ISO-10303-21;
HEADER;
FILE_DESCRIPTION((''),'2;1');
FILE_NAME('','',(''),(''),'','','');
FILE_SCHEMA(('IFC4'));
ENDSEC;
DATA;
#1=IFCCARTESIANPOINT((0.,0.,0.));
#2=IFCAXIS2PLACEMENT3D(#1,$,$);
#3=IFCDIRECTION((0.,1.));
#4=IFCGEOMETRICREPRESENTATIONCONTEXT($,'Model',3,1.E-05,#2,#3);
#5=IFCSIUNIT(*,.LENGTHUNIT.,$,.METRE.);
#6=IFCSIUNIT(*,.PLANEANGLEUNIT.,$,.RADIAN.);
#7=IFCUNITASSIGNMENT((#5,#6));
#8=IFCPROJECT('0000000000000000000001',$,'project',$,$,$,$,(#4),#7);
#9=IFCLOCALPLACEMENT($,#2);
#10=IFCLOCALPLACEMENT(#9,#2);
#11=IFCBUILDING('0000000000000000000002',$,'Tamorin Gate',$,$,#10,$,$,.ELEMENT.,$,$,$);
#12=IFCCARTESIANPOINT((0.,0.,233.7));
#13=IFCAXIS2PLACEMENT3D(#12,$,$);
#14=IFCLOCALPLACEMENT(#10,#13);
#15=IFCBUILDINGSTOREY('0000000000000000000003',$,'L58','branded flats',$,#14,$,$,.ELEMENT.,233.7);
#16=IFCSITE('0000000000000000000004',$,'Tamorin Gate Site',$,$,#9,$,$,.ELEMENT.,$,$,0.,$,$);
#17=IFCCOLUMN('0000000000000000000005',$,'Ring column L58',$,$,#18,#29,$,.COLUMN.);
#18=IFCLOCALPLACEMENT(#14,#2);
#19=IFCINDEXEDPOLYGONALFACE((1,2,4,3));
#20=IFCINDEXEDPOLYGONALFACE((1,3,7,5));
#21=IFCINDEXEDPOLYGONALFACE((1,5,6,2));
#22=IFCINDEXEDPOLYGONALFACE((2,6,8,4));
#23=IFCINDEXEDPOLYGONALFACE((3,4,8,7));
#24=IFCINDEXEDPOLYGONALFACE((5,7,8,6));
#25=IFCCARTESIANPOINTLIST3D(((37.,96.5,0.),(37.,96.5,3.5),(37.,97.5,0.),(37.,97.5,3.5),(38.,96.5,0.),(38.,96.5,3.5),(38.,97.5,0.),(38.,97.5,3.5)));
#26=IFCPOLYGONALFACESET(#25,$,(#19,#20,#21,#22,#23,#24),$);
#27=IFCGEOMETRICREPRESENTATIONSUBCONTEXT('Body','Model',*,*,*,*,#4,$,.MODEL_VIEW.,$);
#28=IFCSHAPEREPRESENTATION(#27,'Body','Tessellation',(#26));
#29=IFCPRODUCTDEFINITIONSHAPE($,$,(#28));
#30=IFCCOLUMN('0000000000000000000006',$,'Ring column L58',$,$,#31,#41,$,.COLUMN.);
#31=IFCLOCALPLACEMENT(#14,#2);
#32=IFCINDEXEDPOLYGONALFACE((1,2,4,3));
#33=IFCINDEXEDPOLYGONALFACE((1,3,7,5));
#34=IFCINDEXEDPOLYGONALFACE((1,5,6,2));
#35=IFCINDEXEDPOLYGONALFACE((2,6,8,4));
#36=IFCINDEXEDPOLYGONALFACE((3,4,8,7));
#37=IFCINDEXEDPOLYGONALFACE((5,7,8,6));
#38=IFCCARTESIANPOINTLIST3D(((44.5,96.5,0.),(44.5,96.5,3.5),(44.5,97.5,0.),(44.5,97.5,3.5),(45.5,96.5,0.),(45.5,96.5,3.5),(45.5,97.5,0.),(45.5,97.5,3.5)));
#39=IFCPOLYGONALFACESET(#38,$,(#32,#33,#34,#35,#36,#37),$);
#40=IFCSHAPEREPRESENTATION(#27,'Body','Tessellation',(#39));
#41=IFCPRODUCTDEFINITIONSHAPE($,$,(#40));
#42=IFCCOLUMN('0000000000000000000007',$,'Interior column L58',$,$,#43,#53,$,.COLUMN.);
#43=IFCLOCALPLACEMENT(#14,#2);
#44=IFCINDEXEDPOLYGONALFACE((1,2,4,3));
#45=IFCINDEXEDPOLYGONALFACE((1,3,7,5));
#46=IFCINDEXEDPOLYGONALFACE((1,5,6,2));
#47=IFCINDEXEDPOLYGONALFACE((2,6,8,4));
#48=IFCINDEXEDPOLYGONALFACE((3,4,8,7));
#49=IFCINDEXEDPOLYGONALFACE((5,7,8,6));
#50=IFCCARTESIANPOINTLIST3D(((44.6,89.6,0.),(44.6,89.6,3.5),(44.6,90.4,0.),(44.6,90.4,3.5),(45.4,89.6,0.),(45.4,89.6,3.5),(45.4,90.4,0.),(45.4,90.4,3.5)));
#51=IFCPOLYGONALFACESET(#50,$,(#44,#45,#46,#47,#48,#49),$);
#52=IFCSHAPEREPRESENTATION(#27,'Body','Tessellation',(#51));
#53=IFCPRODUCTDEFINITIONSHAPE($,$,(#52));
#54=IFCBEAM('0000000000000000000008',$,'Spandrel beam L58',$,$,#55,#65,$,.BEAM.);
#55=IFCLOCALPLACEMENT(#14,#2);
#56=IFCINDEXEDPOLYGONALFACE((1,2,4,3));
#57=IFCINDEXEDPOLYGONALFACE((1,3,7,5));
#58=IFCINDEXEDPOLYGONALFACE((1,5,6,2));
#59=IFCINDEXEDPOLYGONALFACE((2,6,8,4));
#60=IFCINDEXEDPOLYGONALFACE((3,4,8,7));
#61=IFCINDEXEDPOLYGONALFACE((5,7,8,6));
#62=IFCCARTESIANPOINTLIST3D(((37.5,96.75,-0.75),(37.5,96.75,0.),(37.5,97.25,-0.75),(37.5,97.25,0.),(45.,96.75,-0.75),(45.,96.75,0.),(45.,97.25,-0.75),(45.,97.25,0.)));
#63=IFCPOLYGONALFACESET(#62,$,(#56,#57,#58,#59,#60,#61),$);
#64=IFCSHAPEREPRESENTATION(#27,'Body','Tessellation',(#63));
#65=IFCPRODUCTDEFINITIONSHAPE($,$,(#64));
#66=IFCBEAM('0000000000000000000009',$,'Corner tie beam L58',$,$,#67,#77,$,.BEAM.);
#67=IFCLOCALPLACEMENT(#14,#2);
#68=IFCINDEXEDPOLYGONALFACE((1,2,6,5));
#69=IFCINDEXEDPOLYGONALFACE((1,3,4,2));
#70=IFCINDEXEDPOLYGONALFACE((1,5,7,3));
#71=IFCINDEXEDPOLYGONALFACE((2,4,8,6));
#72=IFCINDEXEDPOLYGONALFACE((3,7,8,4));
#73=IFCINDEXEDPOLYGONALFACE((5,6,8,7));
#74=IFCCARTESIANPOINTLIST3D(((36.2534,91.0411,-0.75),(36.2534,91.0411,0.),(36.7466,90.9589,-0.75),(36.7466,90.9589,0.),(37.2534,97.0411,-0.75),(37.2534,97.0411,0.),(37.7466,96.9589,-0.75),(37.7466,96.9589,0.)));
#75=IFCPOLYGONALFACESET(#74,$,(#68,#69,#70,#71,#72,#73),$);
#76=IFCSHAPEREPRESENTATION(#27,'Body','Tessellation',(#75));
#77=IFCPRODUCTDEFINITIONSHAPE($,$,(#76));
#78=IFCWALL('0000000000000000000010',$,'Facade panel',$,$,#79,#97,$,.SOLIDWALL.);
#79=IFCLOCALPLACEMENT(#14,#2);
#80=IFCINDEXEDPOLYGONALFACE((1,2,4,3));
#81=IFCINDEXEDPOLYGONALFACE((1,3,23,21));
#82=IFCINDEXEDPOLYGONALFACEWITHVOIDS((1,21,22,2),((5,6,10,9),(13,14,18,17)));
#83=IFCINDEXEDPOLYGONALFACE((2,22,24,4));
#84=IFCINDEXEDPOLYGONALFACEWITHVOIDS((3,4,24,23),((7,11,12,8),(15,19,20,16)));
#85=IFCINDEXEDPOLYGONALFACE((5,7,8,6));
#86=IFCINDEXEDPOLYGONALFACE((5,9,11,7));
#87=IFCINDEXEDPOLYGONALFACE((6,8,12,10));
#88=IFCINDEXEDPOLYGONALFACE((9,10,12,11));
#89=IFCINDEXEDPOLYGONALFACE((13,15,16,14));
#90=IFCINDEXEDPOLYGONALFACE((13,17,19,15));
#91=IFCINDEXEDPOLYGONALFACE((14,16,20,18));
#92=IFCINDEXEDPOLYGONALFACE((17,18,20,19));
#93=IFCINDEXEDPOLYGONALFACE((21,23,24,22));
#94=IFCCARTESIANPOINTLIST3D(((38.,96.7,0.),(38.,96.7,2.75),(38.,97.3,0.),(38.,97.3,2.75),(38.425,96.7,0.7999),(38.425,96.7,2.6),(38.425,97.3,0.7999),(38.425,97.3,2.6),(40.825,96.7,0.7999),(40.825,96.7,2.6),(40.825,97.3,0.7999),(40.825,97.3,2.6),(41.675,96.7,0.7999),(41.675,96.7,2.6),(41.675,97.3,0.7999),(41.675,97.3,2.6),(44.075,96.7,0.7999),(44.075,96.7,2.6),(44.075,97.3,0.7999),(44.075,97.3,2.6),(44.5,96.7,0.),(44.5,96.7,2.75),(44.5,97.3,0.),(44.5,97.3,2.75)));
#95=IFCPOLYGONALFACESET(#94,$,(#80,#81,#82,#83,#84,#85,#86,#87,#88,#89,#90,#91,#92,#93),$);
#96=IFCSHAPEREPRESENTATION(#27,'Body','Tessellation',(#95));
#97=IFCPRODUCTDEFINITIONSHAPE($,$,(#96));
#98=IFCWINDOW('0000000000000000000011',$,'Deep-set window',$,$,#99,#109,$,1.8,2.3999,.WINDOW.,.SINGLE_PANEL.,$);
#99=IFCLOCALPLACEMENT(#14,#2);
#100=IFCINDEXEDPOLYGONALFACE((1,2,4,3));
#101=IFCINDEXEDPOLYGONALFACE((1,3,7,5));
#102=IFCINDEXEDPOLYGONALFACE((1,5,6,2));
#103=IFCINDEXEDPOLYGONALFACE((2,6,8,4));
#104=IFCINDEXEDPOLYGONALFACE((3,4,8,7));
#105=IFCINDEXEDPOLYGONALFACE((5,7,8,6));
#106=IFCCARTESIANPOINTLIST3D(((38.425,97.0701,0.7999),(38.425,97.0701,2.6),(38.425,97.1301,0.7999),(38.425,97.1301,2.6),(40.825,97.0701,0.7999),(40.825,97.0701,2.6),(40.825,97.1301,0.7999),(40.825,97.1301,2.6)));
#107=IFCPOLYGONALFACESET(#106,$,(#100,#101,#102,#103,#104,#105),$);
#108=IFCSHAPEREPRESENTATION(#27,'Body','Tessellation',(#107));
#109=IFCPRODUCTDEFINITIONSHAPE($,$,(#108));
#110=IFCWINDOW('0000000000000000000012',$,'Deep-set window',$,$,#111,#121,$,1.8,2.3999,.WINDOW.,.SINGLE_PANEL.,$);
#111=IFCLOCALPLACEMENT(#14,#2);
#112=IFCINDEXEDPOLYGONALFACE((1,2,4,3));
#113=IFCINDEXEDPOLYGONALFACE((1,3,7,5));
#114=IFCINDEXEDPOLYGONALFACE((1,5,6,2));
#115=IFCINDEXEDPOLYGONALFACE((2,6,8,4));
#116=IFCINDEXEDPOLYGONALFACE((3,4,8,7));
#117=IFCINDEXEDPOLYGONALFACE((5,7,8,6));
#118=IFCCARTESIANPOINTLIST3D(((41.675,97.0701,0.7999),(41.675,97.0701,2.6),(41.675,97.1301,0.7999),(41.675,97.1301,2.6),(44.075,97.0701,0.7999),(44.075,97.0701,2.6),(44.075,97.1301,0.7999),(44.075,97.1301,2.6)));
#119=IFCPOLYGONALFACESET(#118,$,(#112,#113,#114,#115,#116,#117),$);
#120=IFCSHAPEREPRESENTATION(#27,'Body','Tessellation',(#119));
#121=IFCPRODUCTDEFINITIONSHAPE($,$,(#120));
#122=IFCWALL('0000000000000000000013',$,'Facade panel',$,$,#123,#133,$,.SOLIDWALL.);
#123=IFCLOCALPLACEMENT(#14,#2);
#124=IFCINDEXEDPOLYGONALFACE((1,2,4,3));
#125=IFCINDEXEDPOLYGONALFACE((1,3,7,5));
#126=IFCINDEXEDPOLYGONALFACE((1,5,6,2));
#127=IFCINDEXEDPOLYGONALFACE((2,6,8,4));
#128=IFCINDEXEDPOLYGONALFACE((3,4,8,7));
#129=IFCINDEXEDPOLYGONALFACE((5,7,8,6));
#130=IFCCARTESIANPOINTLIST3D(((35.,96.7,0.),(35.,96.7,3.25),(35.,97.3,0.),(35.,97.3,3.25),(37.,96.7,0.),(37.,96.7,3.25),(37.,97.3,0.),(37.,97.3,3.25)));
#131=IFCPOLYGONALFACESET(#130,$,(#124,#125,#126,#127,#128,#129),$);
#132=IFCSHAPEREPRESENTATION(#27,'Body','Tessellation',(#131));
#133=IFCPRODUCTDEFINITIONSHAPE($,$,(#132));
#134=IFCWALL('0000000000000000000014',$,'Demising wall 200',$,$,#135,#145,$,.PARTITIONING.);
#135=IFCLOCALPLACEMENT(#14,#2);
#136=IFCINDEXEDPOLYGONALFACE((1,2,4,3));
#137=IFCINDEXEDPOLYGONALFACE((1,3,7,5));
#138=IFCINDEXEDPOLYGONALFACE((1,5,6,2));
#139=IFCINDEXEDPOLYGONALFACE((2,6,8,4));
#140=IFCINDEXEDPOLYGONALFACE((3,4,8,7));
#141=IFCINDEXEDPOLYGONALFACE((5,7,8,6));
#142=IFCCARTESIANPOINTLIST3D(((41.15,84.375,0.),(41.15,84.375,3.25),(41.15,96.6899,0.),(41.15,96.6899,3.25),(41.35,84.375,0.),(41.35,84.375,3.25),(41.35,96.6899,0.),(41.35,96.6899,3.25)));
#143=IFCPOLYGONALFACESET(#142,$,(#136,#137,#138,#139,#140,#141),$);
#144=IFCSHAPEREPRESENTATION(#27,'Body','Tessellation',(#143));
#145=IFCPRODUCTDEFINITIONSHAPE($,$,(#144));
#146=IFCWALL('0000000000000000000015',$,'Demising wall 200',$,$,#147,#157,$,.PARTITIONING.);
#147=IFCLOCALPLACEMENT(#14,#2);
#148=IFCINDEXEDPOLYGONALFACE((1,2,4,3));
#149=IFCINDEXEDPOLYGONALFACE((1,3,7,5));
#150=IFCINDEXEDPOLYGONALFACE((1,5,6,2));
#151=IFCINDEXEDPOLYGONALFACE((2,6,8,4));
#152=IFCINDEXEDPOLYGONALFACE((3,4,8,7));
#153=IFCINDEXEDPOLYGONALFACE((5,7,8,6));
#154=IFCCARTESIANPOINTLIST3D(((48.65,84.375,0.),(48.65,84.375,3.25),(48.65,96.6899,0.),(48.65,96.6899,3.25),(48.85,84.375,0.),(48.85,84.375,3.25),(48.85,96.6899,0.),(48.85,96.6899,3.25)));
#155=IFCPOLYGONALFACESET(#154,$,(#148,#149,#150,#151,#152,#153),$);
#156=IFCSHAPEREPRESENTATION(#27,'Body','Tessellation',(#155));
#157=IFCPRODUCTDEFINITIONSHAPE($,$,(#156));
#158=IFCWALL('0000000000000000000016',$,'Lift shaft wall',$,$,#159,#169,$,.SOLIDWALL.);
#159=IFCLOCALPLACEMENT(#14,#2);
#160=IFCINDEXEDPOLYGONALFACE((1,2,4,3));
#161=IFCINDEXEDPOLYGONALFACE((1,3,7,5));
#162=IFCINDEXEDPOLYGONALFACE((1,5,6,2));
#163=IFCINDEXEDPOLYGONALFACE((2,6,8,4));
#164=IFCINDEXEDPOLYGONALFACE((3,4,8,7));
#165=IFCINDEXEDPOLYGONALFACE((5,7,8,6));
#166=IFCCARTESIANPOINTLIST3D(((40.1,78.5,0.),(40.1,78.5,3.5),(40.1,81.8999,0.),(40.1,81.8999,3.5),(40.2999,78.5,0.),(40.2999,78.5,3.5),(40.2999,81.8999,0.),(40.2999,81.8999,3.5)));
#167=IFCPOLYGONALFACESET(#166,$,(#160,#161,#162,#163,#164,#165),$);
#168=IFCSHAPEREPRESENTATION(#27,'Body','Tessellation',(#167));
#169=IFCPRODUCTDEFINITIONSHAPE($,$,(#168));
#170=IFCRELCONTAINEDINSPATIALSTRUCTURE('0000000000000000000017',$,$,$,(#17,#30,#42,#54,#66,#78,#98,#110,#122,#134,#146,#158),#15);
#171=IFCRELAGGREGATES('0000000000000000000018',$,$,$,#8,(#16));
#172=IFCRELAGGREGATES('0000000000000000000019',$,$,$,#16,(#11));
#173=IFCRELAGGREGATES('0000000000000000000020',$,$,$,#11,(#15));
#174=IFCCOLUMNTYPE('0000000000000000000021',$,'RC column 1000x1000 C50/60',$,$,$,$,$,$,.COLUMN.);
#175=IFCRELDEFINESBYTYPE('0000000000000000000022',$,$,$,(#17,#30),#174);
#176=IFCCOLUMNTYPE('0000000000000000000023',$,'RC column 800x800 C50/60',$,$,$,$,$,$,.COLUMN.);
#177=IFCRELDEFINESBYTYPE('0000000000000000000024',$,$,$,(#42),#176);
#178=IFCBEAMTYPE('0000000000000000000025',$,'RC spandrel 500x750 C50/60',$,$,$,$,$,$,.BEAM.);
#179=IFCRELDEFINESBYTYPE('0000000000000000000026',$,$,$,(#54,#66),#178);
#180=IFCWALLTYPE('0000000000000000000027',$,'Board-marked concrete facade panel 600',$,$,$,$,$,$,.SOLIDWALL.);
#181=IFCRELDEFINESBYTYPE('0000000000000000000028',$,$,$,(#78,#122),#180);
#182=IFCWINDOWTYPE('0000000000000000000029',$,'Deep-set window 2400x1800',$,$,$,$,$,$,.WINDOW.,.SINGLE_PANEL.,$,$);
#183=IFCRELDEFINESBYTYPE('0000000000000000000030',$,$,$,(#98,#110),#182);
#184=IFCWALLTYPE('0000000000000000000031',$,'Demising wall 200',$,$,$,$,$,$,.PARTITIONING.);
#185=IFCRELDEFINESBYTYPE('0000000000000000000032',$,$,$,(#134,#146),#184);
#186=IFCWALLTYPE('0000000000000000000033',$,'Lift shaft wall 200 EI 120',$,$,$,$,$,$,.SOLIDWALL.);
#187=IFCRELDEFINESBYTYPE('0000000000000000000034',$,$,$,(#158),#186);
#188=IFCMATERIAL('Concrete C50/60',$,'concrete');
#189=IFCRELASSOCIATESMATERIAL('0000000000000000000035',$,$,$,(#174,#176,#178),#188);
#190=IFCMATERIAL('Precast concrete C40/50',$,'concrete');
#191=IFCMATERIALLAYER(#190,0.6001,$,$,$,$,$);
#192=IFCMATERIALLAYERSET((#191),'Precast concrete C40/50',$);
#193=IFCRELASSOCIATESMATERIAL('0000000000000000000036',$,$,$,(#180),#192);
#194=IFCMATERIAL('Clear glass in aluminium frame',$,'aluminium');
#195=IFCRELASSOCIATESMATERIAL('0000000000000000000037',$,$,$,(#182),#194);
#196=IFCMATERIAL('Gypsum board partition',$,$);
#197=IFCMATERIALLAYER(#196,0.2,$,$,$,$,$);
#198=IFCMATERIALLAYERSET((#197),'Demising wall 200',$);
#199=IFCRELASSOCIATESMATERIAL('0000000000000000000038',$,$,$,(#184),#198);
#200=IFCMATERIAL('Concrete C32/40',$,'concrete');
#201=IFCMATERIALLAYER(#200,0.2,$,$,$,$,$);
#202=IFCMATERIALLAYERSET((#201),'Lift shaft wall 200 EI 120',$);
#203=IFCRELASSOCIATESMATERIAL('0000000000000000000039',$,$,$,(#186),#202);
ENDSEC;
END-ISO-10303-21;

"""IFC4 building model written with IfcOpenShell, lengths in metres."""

from ifc_helpers import new_model, si_unit, direction, frame, frame_2d, origin, origin_2d, place, context, subcontext, project, spatial, rectangle, extrude, material, layer, layer_set, material_profile, profile_set, type_object, element, fill, save


model = new_model("IFC4")

# Units and contexts
model_context = context("Model", 3, precision=1e-05, world=origin(), true_north=direction((0.0, 1.0)))
body_context = subcontext(model_context, "Body", "Model", "MODEL_VIEW")
ifc_project = project(units=[si_unit("LENGTHUNIT", "METRE"), si_unit("PLANEANGLEUNIT", "RADIAN")], contexts=[model_context])

# Site, building, storey
site_placement = place(None, origin())
site = spatial("IfcSite", under=ifc_project, at=site_placement, Name="Tamorin Gate Site", CompositionType="ELEMENT", RefElevation=0.0)
building_placement = place(site_placement, origin())
building = spatial("IfcBuilding", under=site, at=building_placement, Name="Tamorin Gate", CompositionType="ELEMENT")
storey_placement = place(building_placement, frame((0.0, 0.0, 233.7)))
storey = spatial("IfcBuildingStorey", under=building, at=storey_placement, Name="L58", Description="branded flats", CompositionType="ELEMENT", Elevation=233.7)

# Columns
ifc_material_1 = material(Name="Concrete C50/60", Category="concrete")
ifc_material_profile_1 = material_profile(ifc_material_1, rectangle(XDim=1.0, YDim=1.0, at=origin_2d()), Name="RC 1000x1000")
ifc_profile_set_1 = profile_set([ifc_material_profile_1], Name="Concrete C50/60")
column_type_1 = type_object("IfcColumnType", Name="RC column 1000x1000 C50/60", PredefinedType="COLUMN", material=ifc_profile_set_1)
for number, where, z_axis, x_axis, name in (
    (1, (37.5, 97.0, 0.0), (0.0, 0.0, 1.0), (1.0, 0.0, 0.0), "Ring column L58"),
    (2, (45.0, 97.0, 0.0), (0.0, 0.0, 1.0), (1.0, 0.0, 0.0), "Ring column L58"),
):
    element("IfcColumn", number, at=place(storey_placement, frame(where, z_axis=z_axis, x_axis=x_axis)), inside=storey, type_object=column_type_1, Name=name, PredefinedType="COLUMN", context=body_context, shape_type="SweptSolid", body=[
        extrude(rectangle(XDim=1.0, YDim=1.0, at=origin_2d()), origin(), (0.0, 0.0, 1.0), 3.5),
    ])
ifc_material_profile_2 = material_profile(ifc_material_1, rectangle(XDim=0.8, YDim=0.8, at=origin_2d()), Name="RC 800x800")
ifc_profile_set_2 = profile_set([ifc_material_profile_2], Name="Concrete C50/60")
column_type_2 = type_object("IfcColumnType", Name="RC column 800x800 C50/60", PredefinedType="COLUMN", material=ifc_profile_set_2)
column_placement = place(storey_placement, frame((45.0, 90.0, 0.0), z_axis=(0.0, 0.0, 1.0), x_axis=(1.0, 0.0, 0.0)))
element("IfcColumn", 3, at=column_placement, inside=storey, type_object=column_type_2, Name="Interior column L58", PredefinedType="COLUMN", context=body_context, shape_type="SweptSolid", body=[
    extrude(rectangle(XDim=0.8, YDim=0.8, at=origin_2d()), origin(), (0.0, 0.0, 1.0), 3.5),
])

# Beams
ifc_material_profile_3 = material_profile(ifc_material_1, rectangle(XDim=0.5, YDim=0.75, at=origin_2d()), Name="RC 500x750")
ifc_profile_set_3 = profile_set([ifc_material_profile_3], Name="Concrete C50/60")
beam_type = type_object("IfcBeamType", Name="RC spandrel 500x750 C50/60", PredefinedType="BEAM", material=ifc_profile_set_3)
beam_1_placement = place(storey_placement, frame((45.0, 97.0, -0.375), z_axis=(-1.0, 0.0, 0.0), x_axis=(0.0, -1.0, 0.0)))
element("IfcBeam", 4, at=beam_1_placement, inside=storey, type_object=beam_type, Name="Spandrel beam L58", PredefinedType="BEAM", context=body_context, shape_type="SweptSolid", body=[
    extrude(rectangle(XDim=0.5, YDim=0.75, at=origin_2d()), origin(), (0.0, 0.0, 1.0), 7.5),
])
beam_2_placement = place(storey_placement, frame((36.5, 91.0, -0.375), z_axis=(0.164399, 0.986394, 0.0), x_axis=(-0.986394, 0.164399, 0.0)))
element("IfcBeam", 5, at=beam_2_placement, inside=storey, type_object=beam_type, Name="Corner tie beam L58", PredefinedType="BEAM", context=body_context, shape_type="SweptSolid", body=[
    extrude(rectangle(XDim=0.5, YDim=0.75, at=origin_2d()), origin(), (0.0, 0.0, 1.0), 6.0828),
])

# Wall, openings, windows
ifc_material_2 = material(Name="Precast concrete C40/50", Category="concrete")
ifc_layer_1 = layer(ifc_material_2, 0.6001)
ifc_layer_set_1 = layer_set([ifc_layer_1], Name="Precast concrete C40/50")
wall_type_1 = type_object("IfcWallType", Name="Board-marked concrete facade panel 600", PredefinedType="SOLIDWALL", material=ifc_layer_set_1)
wall_1_placement = place(storey_placement, frame((44.5, 97.0, 0.0), z_axis=(0.0, 0.0, 1.0), x_axis=(-1.0, 0.0, 0.0)))
wall_1 = element("IfcWall", 6, at=wall_1_placement, inside=storey, type_object=wall_type_1, Name="Facade panel", PredefinedType="SOLIDWALL", context=body_context, shape_type="SweptSolid", body=[
    extrude(rectangle(XDim=6.5, YDim=0.6001, at=frame_2d((3.25, 0.0))), origin(), (0.0, 0.0, 1.0), 2.75),
])
opening_1_placement = place(wall_1_placement, frame((3.675, 0.0, 0.8)))
opening_1 = element("IfcOpeningElement", 7, at=opening_1_placement, cuts=wall_1, PredefinedType="OPENING", context=body_context, shape_type="SweptSolid", body=[
    extrude(rectangle(XDim=2.3999, YDim=1.8, at=frame_2d((1.2, 0.8999))), frame((0.0, 0.3101, 0.0), z_axis=(0.0, -1.0, 0.0), x_axis=(1.0, 0.0, 0.0)), (0.0, 0.0, 1.0), 0.6201),
])
opening_2_placement = place(wall_1_placement, frame((0.425, 0.0, 0.8)))
opening_2 = element("IfcOpeningElement", 8, at=opening_2_placement, cuts=wall_1, PredefinedType="OPENING", context=body_context, shape_type="SweptSolid", body=[
    extrude(rectangle(XDim=2.3999, YDim=1.8, at=frame_2d((1.2, 0.8999))), frame((0.0, 0.3101, 0.0), z_axis=(0.0, -1.0, 0.0), x_axis=(1.0, 0.0, 0.0)), (0.0, 0.0, 1.0), 0.6201),
])
ifc_material_3 = material(Name="Clear glass in aluminium frame", Category="aluminium")
window_type = type_object("IfcWindowType", Name="Deep-set window 2400x1800", PartitioningType="SINGLE_PANEL", PredefinedType="WINDOW", material=ifc_material_3)
window_1_placement = place(opening_1_placement, origin())
window_1 = element("IfcWindow", 9, at=window_1_placement, inside=storey, type_object=window_type, Name="Deep-set window", OverallHeight=1.8, OverallWidth=2.3999, PartitioningType="SINGLE_PANEL", PredefinedType="WINDOW", context=body_context, shape_type="SweptSolid", body=[
    extrude(rectangle(XDim=2.3999, YDim=1.8, at=frame_2d((1.2, 0.8999))), frame((0.0, -0.0701, 0.0), z_axis=(0.0, -1.0, 0.0), x_axis=(1.0, 0.0, 0.0)), (0.0, 0.0, 1.0), 0.0601),
])
fill(opening_1, window_1)
window_2_placement = place(opening_2_placement, origin())
window_2 = element("IfcWindow", 10, at=window_2_placement, inside=storey, type_object=window_type, Name="Deep-set window", OverallHeight=1.8, OverallWidth=2.3999, PartitioningType="SINGLE_PANEL", PredefinedType="WINDOW", context=body_context, shape_type="SweptSolid", body=[
    extrude(rectangle(XDim=2.3999, YDim=1.8, at=frame_2d((1.2, 0.8999))), frame((0.0, -0.0701, 0.0), z_axis=(0.0, -1.0, 0.0), x_axis=(1.0, 0.0, 0.0)), (0.0, 0.0, 1.0), 0.0601),
])
fill(opening_2, window_2)

# Walls
wall_2_placement = place(storey_placement, frame((37.0, 97.0, 0.0), z_axis=(0.0, 0.0, 1.0), x_axis=(-1.0, 0.0, 0.0)))
element("IfcWall", 11, at=wall_2_placement, inside=storey, type_object=wall_type_1, Name="Facade panel", PredefinedType="SOLIDWALL", context=body_context, shape_type="SweptSolid", body=[
    extrude(rectangle(XDim=2.0, YDim=0.6001, at=frame_2d((1.0, 0.0))), origin(), (0.0, 0.0, 1.0), 3.25),
])
ifc_material_4 = material(Name="Gypsum board partition")
ifc_layer_2 = layer(ifc_material_4, 0.2)
ifc_layer_set_2 = layer_set([ifc_layer_2], Name="Demising wall 200")
wall_type_2 = type_object("IfcWallType", Name="Demising wall 200", PredefinedType="PARTITIONING", material=ifc_layer_set_2)
for number, where, z_axis, x_axis, name in (
    (12, (41.25, 84.375, 0.0), (0.0, 0.0, 1.0), (0.0, 1.0, 0.0), "Demising wall 200"),
    (13, (48.75, 84.375, 0.0), (0.0, 0.0, 1.0), (0.0, 1.0, 0.0), "Demising wall 200"),
):
    element("IfcWall", number, at=place(storey_placement, frame(where, z_axis=z_axis, x_axis=x_axis)), inside=storey, type_object=wall_type_2, Name=name, PredefinedType="PARTITIONING", context=body_context, shape_type="SweptSolid", body=[
        extrude(rectangle(XDim=12.3149, YDim=0.2, at=frame_2d((6.1575, 0.0))), origin(), (0.0, 0.0, 1.0), 3.25),
    ])
ifc_material_5 = material(Name="Concrete C32/40", Category="concrete")
ifc_layer_3 = layer(ifc_material_5, 0.2)
ifc_layer_set_3 = layer_set([ifc_layer_3], Name="Lift shaft wall 200 EI 120")
wall_type_3 = type_object("IfcWallType", Name="Lift shaft wall 200 EI 120", PredefinedType="SOLIDWALL", material=ifc_layer_set_3)
wall_3_placement = place(storey_placement, frame((40.2, 78.5, 0.0), z_axis=(0.0, 0.0, 1.0), x_axis=(0.0, 1.0, 0.0)))
element("IfcWall", 14, at=wall_3_placement, inside=storey, type_object=wall_type_3, Name="Lift shaft wall", PredefinedType="SOLIDWALL", context=body_context, shape_type="SweptSolid", body=[
    extrude(rectangle(XDim=3.3999, YDim=0.2, at=frame_2d((1.7, 0.0))), origin(), (0.0, 0.0, 1.0), 3.5),
])

save(model, "model.ifc")
